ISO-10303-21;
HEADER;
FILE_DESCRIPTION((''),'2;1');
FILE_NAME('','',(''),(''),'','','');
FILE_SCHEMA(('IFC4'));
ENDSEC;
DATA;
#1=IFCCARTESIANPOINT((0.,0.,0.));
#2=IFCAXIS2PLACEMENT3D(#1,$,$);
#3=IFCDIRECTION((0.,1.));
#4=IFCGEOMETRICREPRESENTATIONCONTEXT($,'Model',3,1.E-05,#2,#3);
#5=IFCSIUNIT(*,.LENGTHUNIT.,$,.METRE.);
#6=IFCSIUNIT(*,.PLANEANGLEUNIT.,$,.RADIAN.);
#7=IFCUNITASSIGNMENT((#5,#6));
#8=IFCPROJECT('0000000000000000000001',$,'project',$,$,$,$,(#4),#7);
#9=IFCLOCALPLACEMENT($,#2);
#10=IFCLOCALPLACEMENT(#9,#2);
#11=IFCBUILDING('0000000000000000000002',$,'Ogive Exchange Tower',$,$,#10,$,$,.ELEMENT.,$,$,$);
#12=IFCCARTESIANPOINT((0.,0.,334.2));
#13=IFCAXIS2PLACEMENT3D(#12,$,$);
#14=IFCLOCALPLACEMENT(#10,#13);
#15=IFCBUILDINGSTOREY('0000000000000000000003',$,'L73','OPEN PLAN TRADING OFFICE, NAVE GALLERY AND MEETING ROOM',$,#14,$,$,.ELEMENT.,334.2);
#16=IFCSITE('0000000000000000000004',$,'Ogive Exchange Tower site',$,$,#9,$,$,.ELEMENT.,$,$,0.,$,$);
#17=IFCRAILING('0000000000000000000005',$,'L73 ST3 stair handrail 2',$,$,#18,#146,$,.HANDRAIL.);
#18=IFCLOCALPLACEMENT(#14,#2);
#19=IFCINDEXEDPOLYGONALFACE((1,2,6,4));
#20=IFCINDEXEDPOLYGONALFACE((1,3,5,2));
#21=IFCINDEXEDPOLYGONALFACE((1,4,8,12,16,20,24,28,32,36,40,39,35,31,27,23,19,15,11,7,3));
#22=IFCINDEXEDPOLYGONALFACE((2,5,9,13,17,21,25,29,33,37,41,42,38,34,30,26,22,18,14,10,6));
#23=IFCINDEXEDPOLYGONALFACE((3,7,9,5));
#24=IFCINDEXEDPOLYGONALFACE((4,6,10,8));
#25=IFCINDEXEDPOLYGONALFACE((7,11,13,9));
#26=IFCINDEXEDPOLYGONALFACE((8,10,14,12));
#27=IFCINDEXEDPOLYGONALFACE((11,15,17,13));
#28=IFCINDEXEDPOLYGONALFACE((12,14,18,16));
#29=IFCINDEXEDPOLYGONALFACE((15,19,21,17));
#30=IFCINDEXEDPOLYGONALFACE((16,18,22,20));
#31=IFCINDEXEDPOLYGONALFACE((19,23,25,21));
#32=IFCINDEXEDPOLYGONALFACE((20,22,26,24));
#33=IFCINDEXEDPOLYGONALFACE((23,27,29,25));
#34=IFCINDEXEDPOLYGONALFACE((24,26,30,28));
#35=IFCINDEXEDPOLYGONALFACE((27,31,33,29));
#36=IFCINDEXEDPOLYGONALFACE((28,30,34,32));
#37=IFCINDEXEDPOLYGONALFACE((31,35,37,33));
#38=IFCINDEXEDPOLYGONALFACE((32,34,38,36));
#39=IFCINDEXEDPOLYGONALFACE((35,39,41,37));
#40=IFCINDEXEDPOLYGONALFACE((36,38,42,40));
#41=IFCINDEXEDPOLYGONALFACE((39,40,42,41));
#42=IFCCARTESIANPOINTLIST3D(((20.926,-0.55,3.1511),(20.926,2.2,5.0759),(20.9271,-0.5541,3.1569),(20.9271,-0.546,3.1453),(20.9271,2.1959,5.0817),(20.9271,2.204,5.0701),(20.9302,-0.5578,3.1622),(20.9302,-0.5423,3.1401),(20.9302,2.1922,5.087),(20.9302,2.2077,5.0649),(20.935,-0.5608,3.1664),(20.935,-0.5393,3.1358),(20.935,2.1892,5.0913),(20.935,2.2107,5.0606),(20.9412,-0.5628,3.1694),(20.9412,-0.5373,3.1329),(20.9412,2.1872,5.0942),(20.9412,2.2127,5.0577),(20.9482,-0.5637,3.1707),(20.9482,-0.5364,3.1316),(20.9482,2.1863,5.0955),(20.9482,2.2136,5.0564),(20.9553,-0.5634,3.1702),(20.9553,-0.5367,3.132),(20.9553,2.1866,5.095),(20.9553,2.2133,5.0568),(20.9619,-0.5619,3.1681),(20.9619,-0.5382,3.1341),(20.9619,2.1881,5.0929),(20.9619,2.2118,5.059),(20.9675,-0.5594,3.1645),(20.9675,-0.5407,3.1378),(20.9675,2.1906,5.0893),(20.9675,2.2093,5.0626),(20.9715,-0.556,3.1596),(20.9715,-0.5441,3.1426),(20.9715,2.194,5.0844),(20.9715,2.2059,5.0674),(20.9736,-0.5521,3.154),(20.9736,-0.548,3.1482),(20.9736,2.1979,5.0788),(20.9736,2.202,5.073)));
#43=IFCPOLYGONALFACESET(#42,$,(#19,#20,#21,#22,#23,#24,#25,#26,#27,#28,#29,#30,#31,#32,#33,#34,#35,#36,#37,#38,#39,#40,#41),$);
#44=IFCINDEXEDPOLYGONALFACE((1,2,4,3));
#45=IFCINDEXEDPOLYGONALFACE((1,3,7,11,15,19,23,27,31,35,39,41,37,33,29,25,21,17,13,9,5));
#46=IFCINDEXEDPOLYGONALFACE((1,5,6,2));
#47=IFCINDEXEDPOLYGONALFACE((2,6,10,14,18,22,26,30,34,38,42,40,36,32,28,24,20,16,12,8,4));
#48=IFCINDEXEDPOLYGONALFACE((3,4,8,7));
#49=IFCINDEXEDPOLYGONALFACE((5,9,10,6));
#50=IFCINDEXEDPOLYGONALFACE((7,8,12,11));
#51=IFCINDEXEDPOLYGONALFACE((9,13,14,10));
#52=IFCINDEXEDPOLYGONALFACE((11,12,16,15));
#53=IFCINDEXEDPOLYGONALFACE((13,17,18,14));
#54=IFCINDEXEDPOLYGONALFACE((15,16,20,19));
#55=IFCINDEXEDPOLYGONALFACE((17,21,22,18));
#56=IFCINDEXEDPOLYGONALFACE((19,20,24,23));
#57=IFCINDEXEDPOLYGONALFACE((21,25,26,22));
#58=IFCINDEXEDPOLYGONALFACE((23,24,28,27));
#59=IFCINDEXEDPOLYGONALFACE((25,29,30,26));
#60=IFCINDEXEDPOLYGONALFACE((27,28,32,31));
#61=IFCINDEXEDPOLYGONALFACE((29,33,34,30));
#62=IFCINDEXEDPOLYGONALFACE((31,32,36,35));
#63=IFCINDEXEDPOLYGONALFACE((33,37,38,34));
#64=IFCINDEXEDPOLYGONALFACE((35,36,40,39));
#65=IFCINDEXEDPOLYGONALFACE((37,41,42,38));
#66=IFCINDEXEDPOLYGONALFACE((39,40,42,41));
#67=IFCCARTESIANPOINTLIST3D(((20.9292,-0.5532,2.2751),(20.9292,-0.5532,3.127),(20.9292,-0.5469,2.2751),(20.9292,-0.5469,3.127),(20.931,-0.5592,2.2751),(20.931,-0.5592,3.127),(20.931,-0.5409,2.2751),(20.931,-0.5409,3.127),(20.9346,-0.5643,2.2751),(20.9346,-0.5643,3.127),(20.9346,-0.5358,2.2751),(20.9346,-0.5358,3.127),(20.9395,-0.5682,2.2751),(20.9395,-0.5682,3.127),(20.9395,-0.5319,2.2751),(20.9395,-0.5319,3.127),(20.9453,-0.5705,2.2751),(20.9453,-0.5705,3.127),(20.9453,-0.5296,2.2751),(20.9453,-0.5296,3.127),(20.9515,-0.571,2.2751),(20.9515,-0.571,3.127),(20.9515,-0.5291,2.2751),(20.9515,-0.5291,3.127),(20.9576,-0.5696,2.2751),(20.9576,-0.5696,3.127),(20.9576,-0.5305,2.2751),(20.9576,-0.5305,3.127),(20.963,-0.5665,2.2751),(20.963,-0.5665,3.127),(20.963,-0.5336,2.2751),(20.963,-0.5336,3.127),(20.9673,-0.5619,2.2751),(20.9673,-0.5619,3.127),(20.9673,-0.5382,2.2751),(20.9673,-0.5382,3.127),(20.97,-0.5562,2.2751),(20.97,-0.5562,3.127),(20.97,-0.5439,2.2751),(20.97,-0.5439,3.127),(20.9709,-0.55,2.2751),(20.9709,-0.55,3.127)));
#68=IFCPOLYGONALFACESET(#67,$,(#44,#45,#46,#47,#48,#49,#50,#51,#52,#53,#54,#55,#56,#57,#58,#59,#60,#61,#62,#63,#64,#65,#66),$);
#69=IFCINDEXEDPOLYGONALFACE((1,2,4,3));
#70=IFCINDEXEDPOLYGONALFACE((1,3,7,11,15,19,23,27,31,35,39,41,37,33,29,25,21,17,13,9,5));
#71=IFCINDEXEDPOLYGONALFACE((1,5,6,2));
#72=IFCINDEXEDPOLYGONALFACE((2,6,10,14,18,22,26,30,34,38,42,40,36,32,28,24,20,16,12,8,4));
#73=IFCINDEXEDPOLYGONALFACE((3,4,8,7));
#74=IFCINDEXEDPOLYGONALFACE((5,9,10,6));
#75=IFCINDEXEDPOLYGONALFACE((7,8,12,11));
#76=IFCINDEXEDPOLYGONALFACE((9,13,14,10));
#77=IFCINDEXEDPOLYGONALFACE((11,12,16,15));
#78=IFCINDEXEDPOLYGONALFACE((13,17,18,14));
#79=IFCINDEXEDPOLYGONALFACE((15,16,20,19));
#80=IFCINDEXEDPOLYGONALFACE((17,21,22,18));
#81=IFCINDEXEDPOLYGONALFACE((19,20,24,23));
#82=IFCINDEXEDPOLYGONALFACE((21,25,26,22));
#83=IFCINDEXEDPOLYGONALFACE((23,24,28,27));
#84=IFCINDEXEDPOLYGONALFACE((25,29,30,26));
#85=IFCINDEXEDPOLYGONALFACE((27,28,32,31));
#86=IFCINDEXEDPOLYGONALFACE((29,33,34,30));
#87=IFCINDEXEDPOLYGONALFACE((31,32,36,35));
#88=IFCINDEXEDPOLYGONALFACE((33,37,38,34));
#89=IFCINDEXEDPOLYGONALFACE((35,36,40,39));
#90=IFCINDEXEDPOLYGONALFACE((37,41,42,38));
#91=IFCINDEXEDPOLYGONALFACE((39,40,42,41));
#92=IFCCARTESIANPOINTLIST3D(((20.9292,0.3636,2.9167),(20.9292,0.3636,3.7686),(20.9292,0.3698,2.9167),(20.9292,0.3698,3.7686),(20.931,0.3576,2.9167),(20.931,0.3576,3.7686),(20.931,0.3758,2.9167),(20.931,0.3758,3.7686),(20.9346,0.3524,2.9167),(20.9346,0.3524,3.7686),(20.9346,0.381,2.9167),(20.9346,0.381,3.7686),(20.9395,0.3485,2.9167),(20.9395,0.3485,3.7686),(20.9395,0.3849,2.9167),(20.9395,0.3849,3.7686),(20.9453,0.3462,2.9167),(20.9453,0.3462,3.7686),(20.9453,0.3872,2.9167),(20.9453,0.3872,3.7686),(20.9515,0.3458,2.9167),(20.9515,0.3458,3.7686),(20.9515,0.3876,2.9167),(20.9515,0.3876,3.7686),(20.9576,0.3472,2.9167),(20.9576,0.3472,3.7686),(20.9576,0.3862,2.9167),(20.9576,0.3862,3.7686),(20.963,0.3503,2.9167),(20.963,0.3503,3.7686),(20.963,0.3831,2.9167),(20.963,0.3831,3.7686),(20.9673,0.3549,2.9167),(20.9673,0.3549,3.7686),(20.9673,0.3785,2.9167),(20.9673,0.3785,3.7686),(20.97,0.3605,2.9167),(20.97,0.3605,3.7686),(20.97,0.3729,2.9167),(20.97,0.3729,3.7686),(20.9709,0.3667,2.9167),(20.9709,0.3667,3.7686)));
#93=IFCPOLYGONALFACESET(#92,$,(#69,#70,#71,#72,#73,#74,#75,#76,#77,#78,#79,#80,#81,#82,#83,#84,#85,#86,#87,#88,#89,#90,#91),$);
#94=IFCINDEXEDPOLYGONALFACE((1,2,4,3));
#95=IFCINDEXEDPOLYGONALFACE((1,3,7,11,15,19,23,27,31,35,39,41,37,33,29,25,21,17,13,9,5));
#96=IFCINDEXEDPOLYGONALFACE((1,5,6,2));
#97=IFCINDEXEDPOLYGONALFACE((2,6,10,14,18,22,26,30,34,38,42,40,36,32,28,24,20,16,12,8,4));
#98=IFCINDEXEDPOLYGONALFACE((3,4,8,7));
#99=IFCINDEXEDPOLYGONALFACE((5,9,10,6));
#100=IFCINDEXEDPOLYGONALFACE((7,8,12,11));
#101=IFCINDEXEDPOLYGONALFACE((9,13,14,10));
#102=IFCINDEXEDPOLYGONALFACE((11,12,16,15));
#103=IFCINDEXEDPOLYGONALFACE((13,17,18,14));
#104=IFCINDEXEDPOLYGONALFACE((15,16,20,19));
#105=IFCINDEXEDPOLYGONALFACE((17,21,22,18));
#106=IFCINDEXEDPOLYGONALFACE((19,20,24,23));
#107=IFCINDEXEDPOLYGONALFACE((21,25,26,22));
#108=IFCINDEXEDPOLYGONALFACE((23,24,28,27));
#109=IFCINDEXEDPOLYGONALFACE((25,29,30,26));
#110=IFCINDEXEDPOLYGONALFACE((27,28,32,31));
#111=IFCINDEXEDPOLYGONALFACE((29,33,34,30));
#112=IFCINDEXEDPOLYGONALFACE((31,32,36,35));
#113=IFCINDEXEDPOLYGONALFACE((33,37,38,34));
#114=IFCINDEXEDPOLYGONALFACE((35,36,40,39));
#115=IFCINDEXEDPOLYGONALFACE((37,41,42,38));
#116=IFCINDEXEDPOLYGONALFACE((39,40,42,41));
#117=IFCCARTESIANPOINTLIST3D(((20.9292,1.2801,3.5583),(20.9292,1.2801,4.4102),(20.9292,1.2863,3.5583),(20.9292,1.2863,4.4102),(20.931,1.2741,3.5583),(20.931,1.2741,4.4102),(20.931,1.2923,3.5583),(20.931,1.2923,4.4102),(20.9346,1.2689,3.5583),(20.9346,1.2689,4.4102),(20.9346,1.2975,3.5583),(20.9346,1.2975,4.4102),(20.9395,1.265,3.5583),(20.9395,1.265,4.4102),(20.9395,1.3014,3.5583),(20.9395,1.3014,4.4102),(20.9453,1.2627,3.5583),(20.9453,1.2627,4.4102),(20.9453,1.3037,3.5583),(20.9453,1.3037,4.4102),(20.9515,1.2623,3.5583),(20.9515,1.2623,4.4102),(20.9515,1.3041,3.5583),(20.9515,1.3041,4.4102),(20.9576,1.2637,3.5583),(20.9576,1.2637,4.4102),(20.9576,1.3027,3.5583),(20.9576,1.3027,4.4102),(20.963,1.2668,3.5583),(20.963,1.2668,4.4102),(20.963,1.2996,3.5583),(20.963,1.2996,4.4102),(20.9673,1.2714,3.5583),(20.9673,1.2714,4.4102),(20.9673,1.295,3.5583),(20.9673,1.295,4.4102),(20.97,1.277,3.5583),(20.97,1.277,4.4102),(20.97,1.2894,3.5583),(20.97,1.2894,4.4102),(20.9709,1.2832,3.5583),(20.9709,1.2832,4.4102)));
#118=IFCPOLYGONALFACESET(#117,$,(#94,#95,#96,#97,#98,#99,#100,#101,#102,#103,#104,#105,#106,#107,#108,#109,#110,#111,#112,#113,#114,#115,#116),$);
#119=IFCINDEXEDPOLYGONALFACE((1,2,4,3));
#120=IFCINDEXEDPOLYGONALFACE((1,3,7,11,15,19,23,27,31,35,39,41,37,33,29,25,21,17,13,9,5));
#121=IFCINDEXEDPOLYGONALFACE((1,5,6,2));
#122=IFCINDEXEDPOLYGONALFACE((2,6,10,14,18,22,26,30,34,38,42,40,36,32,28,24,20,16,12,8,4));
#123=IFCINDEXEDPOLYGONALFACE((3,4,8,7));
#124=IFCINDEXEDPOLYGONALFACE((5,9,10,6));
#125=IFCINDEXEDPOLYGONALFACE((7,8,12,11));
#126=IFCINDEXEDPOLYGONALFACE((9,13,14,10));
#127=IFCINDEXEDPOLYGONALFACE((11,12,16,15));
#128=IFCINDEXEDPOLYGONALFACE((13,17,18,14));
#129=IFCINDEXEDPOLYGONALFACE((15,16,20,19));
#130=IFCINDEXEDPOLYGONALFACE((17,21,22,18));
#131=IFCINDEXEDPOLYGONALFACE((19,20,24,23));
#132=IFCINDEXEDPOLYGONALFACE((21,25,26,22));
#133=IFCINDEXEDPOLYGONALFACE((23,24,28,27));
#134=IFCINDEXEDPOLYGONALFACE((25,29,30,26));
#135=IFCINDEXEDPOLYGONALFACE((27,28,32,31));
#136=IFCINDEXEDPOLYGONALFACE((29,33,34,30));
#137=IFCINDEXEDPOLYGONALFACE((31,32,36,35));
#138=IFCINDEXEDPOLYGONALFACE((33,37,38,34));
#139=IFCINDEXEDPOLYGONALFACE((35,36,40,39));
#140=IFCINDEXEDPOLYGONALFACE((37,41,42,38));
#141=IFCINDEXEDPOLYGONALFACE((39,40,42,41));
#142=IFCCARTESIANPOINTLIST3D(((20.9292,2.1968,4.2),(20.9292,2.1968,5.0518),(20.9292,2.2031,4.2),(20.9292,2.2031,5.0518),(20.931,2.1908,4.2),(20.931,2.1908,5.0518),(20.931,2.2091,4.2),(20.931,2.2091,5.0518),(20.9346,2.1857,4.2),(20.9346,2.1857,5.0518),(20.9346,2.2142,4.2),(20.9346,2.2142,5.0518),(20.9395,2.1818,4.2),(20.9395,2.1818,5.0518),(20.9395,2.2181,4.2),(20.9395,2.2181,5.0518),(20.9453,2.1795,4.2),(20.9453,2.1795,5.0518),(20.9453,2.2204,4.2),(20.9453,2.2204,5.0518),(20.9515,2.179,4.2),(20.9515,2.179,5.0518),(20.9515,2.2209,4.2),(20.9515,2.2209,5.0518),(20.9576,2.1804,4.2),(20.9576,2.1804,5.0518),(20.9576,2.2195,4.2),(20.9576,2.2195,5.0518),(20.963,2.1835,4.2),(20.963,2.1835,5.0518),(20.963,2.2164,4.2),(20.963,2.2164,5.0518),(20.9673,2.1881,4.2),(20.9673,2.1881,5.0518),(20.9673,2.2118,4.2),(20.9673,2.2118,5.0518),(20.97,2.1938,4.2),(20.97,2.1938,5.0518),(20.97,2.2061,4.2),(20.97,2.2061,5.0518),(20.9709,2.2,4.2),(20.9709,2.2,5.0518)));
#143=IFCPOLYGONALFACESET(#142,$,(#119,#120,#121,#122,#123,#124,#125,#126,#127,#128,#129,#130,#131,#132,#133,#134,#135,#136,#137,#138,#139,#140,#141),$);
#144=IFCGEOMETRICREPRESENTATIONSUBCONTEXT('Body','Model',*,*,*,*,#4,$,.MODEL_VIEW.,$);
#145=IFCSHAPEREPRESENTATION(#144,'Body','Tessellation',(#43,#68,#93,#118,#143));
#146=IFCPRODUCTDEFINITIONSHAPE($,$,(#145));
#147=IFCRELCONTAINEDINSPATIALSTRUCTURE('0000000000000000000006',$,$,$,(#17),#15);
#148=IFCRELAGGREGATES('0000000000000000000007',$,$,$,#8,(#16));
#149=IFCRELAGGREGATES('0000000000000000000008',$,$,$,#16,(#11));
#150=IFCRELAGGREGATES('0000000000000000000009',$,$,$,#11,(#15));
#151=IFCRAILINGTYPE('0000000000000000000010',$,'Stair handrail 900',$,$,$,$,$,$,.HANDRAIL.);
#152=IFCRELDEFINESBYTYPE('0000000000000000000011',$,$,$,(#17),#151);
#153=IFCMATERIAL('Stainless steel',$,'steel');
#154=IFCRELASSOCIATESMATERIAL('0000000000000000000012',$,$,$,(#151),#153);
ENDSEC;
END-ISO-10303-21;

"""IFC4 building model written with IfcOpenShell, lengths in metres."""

from ifc_helpers import new_model, si_unit, direction, frame, origin, origin_2d, place, context, subcontext, project, spatial, circle, extrude, material, type_object, element, save


model = new_model("IFC4")

# Units and contexts
model_context = context("Model", 3, precision=1e-05, world=origin(), true_north=direction((0.0, 1.0)))
body_context = subcontext(model_context, "Body", "Model", "MODEL_VIEW")
ifc_project = project(units=[si_unit("LENGTHUNIT", "METRE"), si_unit("PLANEANGLEUNIT", "RADIAN")], contexts=[model_context])

# Site, building, storey
site_placement = place(None, origin())
site = spatial("IfcSite", under=ifc_project, at=site_placement, Name="Ogive Exchange Tower site", CompositionType="ELEMENT", RefElevation=0.0)
building_placement = place(site_placement, origin())
building = spatial("IfcBuilding", under=site, at=building_placement, Name="Ogive Exchange Tower", CompositionType="ELEMENT")
storey_placement = place(building_placement, frame((0.0, 0.0, 334.2)))
storey = spatial("IfcBuildingStorey", under=building, at=storey_placement, Name="L73", Description="OPEN PLAN TRADING OFFICE, NAVE GALLERY AND MEETING ROOM", CompositionType="ELEMENT", Elevation=334.2)

# Railing
ifc_material_1 = material(Name="Stainless steel", Category="steel")
railing_type_1 = type_object("IfcRailingType", Name="Stair handrail 900", PredefinedType="HANDRAIL", material=ifc_material_1)
railing_1_placement = place(storey_placement, frame((20.95, -0.55, 2.2751)))
element("IfcRailing", 1, at=railing_1_placement, inside=storey, type_object=railing_type_1, Name="L73 ST3 stair handrail 2", PredefinedType="HANDRAIL", context=body_context, shape_type="SweptSolid", body=[
    extrude(circle(Radius=0.0239, at=origin_2d()), frame((0.0, 0.0, 0.876), z_axis=(0.0, 0.819259, 0.573423), x_axis=(-1.0, 0.0, 0.0)), (0.0, 0.0, 1.0), 3.3567),
    extrude(circle(Radius=0.021, at=origin_2d()), origin(), (0.0, 0.0, 1.0), 0.8518),
    extrude(circle(Radius=0.021, at=origin_2d()), frame((0.0, 0.9167, 0.6416)), (0.0, 0.0, 1.0), 0.8518),
    extrude(circle(Radius=0.021, at=origin_2d()), frame((0.0, 1.8333, 1.2832)), (0.0, 0.0, 1.0), 0.8518),
    extrude(circle(Radius=0.021, at=origin_2d()), frame((0.0, 2.75, 1.9248)), (0.0, 0.0, 1.0), 0.8518),
])

save(model, "model.ifc")
